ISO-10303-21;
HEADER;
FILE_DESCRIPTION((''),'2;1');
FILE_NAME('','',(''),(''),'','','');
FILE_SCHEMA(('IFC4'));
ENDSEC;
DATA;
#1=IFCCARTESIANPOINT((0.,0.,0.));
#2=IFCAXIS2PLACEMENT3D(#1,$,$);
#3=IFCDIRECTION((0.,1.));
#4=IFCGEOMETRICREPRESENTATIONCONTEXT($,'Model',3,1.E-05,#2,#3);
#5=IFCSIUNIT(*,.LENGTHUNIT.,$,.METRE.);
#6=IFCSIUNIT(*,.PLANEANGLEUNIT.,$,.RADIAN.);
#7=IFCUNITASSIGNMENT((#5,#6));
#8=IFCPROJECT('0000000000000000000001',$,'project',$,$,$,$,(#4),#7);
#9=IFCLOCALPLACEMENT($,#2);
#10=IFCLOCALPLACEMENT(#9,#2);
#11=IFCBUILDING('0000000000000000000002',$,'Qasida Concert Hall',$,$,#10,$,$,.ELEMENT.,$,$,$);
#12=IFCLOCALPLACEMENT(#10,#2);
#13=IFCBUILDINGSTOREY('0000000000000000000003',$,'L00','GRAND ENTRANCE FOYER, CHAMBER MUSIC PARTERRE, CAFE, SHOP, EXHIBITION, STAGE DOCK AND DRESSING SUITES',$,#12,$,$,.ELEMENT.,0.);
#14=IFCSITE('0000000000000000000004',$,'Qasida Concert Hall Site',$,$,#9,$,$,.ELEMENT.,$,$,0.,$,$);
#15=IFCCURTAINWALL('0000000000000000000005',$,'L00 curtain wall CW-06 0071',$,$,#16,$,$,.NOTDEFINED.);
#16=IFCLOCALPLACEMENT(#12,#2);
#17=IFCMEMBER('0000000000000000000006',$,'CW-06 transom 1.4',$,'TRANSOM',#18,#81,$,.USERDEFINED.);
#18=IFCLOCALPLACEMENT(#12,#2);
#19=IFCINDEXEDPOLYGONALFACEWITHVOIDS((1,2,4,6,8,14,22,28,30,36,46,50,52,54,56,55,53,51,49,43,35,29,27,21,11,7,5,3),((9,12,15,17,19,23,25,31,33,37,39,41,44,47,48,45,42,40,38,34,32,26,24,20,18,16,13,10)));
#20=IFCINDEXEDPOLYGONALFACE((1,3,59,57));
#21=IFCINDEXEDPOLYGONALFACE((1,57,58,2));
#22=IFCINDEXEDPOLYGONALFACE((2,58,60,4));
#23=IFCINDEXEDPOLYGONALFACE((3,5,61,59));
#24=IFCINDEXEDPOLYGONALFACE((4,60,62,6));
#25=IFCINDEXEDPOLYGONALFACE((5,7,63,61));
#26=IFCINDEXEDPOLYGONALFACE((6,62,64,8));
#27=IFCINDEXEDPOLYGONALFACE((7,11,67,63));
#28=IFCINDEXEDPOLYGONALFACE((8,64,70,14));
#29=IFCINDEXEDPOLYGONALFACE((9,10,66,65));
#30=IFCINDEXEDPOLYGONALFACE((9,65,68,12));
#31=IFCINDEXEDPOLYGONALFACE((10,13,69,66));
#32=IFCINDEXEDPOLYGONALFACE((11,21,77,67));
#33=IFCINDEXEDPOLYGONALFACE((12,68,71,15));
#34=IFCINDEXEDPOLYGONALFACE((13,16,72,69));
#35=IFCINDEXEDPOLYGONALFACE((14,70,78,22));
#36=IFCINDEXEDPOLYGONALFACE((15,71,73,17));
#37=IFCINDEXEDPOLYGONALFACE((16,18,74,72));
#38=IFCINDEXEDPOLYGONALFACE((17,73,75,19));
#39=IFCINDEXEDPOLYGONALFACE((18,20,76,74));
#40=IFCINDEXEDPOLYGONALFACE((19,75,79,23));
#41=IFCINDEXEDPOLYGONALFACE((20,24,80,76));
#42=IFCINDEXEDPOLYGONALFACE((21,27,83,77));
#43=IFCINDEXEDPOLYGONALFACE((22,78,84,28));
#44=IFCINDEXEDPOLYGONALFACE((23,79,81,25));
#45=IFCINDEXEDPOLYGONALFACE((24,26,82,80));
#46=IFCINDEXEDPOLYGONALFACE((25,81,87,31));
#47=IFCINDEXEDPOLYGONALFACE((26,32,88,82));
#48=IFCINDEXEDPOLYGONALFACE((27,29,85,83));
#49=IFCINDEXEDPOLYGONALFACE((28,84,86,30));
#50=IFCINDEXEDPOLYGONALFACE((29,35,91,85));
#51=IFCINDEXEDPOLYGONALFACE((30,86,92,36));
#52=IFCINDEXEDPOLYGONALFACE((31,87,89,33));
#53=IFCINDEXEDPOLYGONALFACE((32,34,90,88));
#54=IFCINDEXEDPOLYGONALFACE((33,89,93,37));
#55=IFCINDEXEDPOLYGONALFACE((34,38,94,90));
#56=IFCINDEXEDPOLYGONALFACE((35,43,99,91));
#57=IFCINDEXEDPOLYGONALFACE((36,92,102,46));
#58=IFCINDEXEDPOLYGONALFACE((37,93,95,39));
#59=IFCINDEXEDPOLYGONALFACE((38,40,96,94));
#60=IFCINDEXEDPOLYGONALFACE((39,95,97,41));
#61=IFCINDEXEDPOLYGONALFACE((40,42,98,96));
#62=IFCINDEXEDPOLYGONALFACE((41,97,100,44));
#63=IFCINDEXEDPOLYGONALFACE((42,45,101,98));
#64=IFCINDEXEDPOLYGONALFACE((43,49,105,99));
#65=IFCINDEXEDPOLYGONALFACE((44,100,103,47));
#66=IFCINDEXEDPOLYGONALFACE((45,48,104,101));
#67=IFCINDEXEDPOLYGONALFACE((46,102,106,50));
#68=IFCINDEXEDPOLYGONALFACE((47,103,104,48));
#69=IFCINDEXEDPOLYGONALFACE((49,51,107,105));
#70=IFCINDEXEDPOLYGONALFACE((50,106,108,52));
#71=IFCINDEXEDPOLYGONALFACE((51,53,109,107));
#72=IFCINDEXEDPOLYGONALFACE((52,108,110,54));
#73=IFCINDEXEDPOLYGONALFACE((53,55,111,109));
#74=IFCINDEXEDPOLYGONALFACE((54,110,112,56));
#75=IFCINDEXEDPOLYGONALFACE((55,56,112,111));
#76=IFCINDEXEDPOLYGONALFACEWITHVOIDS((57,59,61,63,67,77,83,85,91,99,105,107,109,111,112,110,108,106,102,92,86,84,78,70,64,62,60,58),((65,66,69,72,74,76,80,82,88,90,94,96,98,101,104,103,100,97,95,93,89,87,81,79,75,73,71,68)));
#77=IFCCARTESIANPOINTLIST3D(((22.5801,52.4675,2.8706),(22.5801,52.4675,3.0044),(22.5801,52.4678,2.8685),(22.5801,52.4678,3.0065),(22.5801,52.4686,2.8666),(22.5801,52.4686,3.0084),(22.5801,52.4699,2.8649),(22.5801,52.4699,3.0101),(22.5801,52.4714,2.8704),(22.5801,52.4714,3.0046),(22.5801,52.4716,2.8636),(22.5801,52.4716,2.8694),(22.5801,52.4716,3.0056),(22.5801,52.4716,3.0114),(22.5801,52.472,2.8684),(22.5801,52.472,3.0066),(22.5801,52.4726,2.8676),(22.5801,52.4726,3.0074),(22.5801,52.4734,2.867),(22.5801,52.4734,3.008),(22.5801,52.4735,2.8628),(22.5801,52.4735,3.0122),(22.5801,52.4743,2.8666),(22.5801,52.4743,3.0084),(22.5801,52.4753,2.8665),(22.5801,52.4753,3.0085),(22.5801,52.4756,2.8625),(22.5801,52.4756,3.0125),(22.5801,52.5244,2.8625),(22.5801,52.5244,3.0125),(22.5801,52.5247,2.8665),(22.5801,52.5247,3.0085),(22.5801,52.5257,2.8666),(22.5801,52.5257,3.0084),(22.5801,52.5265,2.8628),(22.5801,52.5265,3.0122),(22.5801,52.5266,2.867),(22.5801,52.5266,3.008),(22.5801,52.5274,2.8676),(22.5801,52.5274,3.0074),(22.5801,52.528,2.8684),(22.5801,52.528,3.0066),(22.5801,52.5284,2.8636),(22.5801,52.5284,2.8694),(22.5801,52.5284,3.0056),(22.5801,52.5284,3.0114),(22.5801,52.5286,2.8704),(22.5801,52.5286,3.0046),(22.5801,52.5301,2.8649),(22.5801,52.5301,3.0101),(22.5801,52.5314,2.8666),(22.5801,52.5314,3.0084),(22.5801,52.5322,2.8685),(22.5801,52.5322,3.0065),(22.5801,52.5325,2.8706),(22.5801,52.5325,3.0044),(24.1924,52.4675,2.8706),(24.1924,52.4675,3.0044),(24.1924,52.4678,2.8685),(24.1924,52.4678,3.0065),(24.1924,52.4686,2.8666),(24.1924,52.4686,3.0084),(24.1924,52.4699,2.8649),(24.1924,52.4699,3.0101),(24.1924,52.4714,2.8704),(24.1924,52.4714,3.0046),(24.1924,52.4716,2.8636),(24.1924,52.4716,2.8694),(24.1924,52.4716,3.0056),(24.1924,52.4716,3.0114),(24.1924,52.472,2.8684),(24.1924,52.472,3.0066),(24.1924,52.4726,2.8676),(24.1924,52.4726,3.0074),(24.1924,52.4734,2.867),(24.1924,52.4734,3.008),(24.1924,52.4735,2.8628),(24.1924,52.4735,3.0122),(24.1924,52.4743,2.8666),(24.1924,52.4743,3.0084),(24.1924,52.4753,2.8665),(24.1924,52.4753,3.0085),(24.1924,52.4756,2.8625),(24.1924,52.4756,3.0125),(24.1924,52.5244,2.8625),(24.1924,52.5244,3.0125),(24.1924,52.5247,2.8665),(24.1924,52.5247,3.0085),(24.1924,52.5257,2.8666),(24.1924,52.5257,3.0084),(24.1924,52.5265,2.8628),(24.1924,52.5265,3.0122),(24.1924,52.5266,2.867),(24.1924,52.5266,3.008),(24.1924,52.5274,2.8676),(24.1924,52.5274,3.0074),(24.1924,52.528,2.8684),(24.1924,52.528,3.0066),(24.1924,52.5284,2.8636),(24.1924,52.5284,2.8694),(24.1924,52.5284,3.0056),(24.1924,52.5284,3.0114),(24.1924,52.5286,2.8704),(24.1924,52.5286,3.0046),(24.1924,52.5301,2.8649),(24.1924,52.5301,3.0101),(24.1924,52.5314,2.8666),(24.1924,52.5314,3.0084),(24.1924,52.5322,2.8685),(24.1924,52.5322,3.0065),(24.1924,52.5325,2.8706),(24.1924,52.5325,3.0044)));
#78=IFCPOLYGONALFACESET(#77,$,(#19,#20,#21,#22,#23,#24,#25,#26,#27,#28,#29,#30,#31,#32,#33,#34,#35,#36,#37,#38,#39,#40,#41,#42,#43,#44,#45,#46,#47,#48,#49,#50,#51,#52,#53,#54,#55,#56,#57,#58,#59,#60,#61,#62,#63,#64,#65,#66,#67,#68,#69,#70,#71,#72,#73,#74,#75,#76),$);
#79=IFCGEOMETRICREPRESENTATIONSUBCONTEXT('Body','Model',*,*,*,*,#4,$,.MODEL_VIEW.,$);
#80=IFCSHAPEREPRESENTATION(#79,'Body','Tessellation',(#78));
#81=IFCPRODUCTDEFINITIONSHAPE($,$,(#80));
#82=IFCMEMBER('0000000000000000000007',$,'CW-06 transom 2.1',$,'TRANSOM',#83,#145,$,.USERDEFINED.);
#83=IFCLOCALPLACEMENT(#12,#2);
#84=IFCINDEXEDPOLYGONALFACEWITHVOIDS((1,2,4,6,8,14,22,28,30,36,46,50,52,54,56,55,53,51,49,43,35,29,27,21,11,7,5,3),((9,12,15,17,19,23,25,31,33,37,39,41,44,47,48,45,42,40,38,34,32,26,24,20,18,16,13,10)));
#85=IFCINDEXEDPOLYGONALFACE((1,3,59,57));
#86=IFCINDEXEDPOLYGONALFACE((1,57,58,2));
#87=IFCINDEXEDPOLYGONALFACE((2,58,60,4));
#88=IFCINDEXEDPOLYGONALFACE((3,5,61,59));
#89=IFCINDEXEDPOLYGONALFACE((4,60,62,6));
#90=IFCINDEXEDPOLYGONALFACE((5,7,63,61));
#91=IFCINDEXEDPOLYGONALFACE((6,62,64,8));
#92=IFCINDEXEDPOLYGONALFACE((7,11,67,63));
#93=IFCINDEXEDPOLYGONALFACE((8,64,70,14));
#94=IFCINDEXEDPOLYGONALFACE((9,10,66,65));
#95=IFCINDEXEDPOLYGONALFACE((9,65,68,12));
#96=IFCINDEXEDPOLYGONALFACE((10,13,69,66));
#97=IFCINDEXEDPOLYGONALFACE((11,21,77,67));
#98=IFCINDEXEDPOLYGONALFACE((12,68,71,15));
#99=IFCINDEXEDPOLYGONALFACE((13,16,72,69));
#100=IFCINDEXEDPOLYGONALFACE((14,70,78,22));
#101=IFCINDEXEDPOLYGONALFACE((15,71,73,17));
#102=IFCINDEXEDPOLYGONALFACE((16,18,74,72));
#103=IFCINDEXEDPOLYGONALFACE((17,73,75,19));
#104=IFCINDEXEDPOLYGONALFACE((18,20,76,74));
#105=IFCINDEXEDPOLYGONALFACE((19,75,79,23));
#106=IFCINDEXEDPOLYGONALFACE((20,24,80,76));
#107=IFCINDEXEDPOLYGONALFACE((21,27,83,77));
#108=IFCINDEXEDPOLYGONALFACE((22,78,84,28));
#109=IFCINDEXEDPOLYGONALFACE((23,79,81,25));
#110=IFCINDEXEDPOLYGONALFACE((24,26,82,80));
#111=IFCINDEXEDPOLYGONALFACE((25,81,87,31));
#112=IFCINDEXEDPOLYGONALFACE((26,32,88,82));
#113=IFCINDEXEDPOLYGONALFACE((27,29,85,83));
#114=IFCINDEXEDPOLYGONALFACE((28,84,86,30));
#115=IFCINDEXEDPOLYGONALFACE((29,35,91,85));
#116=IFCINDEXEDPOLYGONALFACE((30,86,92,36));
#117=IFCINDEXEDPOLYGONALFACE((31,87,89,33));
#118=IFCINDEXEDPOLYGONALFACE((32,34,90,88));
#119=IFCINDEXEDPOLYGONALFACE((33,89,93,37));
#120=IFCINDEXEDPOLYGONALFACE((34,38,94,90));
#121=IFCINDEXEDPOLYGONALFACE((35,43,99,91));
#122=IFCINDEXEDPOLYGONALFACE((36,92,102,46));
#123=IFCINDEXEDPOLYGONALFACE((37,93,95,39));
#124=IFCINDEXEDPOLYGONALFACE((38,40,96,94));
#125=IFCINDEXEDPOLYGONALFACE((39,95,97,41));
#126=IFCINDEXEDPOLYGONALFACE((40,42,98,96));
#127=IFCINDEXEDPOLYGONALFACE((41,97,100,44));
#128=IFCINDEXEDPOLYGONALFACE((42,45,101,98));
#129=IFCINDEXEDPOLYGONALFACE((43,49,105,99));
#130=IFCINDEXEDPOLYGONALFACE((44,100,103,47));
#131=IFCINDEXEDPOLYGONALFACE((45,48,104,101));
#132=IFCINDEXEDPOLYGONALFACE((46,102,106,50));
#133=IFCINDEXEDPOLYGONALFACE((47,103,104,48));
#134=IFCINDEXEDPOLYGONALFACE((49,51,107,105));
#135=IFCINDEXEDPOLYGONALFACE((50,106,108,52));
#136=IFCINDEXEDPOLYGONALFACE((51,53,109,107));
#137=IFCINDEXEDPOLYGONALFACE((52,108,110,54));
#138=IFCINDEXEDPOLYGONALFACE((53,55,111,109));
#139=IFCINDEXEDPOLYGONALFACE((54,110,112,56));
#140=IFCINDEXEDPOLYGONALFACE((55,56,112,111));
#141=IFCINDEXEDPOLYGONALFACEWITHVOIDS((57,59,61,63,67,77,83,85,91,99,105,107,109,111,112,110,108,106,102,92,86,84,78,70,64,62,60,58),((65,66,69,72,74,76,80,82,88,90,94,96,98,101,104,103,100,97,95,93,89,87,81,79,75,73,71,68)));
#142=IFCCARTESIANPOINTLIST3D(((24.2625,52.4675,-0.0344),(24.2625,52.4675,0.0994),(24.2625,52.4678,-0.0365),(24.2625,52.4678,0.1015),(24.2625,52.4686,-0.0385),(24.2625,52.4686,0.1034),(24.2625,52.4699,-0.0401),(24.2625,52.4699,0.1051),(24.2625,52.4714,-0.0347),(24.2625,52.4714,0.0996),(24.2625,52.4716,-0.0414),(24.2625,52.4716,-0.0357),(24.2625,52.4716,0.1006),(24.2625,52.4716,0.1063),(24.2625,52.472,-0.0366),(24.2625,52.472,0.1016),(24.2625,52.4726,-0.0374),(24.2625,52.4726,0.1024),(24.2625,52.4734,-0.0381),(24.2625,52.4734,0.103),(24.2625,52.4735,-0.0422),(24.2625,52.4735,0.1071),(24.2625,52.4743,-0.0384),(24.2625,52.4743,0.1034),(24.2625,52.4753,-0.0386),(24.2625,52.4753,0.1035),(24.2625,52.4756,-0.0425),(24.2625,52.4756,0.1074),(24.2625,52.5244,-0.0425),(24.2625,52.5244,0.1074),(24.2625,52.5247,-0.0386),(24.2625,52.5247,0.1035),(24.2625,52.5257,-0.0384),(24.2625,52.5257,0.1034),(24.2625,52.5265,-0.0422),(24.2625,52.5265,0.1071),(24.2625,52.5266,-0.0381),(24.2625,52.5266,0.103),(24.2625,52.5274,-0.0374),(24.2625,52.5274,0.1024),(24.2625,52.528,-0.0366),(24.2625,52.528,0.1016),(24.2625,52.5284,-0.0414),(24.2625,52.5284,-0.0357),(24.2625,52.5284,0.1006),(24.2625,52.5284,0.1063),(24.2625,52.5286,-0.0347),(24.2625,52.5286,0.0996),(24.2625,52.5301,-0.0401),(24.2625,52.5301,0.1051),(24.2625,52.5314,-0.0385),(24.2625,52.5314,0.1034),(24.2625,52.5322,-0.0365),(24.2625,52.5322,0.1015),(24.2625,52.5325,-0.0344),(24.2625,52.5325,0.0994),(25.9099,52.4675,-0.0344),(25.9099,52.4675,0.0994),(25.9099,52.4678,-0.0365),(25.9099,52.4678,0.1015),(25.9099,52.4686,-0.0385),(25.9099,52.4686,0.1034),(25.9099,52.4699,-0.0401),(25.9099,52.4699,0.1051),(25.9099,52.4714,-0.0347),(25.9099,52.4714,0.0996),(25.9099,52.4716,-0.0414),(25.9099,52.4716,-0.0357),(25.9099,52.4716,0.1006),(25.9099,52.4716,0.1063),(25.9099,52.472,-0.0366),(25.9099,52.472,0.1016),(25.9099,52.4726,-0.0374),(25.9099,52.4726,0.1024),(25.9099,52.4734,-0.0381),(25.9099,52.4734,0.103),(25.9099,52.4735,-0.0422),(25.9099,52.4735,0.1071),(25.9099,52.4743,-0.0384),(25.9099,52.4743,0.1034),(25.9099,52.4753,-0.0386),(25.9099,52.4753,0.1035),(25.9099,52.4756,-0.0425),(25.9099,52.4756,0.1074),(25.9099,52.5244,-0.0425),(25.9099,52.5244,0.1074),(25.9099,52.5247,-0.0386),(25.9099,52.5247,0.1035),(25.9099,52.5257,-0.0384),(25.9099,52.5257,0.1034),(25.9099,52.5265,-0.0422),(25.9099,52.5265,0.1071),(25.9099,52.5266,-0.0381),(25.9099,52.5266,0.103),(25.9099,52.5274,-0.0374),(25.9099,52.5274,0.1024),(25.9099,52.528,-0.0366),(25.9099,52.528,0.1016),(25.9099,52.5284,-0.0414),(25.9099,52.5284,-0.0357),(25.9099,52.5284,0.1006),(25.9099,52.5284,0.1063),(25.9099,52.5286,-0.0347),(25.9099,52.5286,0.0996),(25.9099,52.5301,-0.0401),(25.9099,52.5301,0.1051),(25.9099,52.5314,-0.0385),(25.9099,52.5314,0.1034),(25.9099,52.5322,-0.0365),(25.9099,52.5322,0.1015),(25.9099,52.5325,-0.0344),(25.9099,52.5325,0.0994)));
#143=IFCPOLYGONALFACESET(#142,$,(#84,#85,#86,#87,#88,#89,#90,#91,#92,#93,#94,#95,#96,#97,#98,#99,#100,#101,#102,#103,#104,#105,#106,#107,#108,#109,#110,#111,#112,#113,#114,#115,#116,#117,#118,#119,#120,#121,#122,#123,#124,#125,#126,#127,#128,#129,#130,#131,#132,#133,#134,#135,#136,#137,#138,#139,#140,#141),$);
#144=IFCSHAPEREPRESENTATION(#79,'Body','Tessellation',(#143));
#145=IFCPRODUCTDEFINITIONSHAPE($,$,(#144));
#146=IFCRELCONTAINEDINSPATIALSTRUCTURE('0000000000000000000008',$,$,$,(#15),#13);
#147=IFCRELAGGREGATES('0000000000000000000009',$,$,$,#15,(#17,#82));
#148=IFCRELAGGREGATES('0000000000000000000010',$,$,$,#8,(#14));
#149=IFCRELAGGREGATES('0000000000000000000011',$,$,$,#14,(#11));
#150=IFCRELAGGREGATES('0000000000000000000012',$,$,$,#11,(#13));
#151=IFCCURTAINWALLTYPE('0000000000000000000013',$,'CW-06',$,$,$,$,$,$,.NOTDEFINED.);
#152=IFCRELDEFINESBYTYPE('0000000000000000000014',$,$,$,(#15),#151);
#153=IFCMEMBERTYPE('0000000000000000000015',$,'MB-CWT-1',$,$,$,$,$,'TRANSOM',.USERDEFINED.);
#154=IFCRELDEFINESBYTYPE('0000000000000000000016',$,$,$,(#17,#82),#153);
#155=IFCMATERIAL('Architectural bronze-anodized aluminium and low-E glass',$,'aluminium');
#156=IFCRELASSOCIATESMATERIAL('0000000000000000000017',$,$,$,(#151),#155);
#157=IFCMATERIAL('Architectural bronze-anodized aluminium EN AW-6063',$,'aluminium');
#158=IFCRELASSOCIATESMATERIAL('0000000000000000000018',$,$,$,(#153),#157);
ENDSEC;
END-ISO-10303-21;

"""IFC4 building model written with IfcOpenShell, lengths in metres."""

from ifc_helpers import new_model, si_unit, direction, frame, origin, origin_2d, place, context, subcontext, project, spatial, hollow_rectangle, extrude, material, material_profile, profile_set, type_object, element, aggregate, save


model = new_model("IFC4")

# Units and contexts
model_context = context("Model", 3, precision=1e-05, world=origin(), true_north=direction((0.0, 1.0)))
body_context = subcontext(model_context, "Body", "Model", "MODEL_VIEW")
ifc_project = project(units=[si_unit("LENGTHUNIT", "METRE"), si_unit("PLANEANGLEUNIT", "RADIAN")], contexts=[model_context])

# Site, building, storey
site_placement = place(None, origin())
site = spatial("IfcSite", under=ifc_project, at=site_placement, Name="Qasida Concert Hall Site", CompositionType="ELEMENT", RefElevation=0.0)
building_placement = place(site_placement, origin())
building = spatial("IfcBuilding", under=site, at=building_placement, Name="Qasida Concert Hall", CompositionType="ELEMENT")
storey_placement = place(building_placement, origin())
storey = spatial("IfcBuildingStorey", under=building, at=storey_placement, Name="L00", Description="GRAND ENTRANCE FOYER, CHAMBER MUSIC PARTERRE, CAFE, SHOP, EXHIBITION, STAGE DOCK AND DRESSING SUITES", CompositionType="ELEMENT", Elevation=0.0)

# Curtain wall
ifc_material_1 = material(Name="Architectural bronze-anodized aluminium and low-E glass", Category="aluminium")
curtain_wall_type_1 = type_object("IfcCurtainWallType", Name="CW-06", PredefinedType="NOTDEFINED", material=ifc_material_1)
curtain_wall_1_placement = place(storey_placement, origin())
curtain_wall_1 = element("IfcCurtainWall", 1, at=curtain_wall_1_placement, inside=storey, type_object=curtain_wall_type_1, Name="L00 curtain wall CW-06 0071", PredefinedType="NOTDEFINED")
ifc_material_2 = material(Name="Architectural bronze-anodized aluminium EN AW-6063", Category="aluminium")

# Members
ifc_material_profile_1 = material_profile(ifc_material_2, hollow_rectangle(XDim=0.0649, YDim=0.1499, WallThickness=0.0039, InnerFilletRadius=0.0039, OuterFilletRadius=0.0081, at=origin_2d()), Name="CWT 150x65x4")
ifc_profile_set_1 = profile_set([ifc_material_profile_1], Name="Architectural bronze-anodized aluminium EN AW-6063")
member_type_1 = type_object("IfcMemberType", Name="MB-CWT-1", ElementType="TRANSOM", PredefinedType="USERDEFINED", material=ifc_profile_set_1)
member_1_placement = place(storey_placement, frame((22.5801, 52.5, 2.9375), z_axis=(1.0, 0.0, 0.0), x_axis=(0.0, 1.0, 0.0)))
member_1 = element("IfcMember", 2, at=member_1_placement, type_object=member_type_1, Name="CW-06 transom 1.4", ObjectType="TRANSOM", PredefinedType="USERDEFINED", context=body_context, shape_type="SweptSolid", body=[
    extrude(hollow_rectangle(XDim=0.0649, YDim=0.1499, WallThickness=0.0039, InnerFilletRadius=0.0039, OuterFilletRadius=0.0081, at=origin_2d()), origin(), (0.0, 0.0, 1.0), 1.6123),
])
member_2_placement = place(storey_placement, frame((24.2625, 52.5, 0.0325), z_axis=(1.0, 0.0, 0.0), x_axis=(0.0, 1.0, 0.0)))
member_2 = element("IfcMember", 3, at=member_2_placement, type_object=member_type_1, Name="CW-06 transom 2.1", ObjectType="TRANSOM", PredefinedType="USERDEFINED", context=body_context, shape_type="SweptSolid", body=[
    extrude(hollow_rectangle(XDim=0.0649, YDim=0.1499, WallThickness=0.0039, InnerFilletRadius=0.0039, OuterFilletRadius=0.0081, at=origin_2d()), origin(), (0.0, 0.0, 1.0), 1.6475),
])

aggregate(curtain_wall_1, [member_1, member_2])

save(model, "model.ifc")
